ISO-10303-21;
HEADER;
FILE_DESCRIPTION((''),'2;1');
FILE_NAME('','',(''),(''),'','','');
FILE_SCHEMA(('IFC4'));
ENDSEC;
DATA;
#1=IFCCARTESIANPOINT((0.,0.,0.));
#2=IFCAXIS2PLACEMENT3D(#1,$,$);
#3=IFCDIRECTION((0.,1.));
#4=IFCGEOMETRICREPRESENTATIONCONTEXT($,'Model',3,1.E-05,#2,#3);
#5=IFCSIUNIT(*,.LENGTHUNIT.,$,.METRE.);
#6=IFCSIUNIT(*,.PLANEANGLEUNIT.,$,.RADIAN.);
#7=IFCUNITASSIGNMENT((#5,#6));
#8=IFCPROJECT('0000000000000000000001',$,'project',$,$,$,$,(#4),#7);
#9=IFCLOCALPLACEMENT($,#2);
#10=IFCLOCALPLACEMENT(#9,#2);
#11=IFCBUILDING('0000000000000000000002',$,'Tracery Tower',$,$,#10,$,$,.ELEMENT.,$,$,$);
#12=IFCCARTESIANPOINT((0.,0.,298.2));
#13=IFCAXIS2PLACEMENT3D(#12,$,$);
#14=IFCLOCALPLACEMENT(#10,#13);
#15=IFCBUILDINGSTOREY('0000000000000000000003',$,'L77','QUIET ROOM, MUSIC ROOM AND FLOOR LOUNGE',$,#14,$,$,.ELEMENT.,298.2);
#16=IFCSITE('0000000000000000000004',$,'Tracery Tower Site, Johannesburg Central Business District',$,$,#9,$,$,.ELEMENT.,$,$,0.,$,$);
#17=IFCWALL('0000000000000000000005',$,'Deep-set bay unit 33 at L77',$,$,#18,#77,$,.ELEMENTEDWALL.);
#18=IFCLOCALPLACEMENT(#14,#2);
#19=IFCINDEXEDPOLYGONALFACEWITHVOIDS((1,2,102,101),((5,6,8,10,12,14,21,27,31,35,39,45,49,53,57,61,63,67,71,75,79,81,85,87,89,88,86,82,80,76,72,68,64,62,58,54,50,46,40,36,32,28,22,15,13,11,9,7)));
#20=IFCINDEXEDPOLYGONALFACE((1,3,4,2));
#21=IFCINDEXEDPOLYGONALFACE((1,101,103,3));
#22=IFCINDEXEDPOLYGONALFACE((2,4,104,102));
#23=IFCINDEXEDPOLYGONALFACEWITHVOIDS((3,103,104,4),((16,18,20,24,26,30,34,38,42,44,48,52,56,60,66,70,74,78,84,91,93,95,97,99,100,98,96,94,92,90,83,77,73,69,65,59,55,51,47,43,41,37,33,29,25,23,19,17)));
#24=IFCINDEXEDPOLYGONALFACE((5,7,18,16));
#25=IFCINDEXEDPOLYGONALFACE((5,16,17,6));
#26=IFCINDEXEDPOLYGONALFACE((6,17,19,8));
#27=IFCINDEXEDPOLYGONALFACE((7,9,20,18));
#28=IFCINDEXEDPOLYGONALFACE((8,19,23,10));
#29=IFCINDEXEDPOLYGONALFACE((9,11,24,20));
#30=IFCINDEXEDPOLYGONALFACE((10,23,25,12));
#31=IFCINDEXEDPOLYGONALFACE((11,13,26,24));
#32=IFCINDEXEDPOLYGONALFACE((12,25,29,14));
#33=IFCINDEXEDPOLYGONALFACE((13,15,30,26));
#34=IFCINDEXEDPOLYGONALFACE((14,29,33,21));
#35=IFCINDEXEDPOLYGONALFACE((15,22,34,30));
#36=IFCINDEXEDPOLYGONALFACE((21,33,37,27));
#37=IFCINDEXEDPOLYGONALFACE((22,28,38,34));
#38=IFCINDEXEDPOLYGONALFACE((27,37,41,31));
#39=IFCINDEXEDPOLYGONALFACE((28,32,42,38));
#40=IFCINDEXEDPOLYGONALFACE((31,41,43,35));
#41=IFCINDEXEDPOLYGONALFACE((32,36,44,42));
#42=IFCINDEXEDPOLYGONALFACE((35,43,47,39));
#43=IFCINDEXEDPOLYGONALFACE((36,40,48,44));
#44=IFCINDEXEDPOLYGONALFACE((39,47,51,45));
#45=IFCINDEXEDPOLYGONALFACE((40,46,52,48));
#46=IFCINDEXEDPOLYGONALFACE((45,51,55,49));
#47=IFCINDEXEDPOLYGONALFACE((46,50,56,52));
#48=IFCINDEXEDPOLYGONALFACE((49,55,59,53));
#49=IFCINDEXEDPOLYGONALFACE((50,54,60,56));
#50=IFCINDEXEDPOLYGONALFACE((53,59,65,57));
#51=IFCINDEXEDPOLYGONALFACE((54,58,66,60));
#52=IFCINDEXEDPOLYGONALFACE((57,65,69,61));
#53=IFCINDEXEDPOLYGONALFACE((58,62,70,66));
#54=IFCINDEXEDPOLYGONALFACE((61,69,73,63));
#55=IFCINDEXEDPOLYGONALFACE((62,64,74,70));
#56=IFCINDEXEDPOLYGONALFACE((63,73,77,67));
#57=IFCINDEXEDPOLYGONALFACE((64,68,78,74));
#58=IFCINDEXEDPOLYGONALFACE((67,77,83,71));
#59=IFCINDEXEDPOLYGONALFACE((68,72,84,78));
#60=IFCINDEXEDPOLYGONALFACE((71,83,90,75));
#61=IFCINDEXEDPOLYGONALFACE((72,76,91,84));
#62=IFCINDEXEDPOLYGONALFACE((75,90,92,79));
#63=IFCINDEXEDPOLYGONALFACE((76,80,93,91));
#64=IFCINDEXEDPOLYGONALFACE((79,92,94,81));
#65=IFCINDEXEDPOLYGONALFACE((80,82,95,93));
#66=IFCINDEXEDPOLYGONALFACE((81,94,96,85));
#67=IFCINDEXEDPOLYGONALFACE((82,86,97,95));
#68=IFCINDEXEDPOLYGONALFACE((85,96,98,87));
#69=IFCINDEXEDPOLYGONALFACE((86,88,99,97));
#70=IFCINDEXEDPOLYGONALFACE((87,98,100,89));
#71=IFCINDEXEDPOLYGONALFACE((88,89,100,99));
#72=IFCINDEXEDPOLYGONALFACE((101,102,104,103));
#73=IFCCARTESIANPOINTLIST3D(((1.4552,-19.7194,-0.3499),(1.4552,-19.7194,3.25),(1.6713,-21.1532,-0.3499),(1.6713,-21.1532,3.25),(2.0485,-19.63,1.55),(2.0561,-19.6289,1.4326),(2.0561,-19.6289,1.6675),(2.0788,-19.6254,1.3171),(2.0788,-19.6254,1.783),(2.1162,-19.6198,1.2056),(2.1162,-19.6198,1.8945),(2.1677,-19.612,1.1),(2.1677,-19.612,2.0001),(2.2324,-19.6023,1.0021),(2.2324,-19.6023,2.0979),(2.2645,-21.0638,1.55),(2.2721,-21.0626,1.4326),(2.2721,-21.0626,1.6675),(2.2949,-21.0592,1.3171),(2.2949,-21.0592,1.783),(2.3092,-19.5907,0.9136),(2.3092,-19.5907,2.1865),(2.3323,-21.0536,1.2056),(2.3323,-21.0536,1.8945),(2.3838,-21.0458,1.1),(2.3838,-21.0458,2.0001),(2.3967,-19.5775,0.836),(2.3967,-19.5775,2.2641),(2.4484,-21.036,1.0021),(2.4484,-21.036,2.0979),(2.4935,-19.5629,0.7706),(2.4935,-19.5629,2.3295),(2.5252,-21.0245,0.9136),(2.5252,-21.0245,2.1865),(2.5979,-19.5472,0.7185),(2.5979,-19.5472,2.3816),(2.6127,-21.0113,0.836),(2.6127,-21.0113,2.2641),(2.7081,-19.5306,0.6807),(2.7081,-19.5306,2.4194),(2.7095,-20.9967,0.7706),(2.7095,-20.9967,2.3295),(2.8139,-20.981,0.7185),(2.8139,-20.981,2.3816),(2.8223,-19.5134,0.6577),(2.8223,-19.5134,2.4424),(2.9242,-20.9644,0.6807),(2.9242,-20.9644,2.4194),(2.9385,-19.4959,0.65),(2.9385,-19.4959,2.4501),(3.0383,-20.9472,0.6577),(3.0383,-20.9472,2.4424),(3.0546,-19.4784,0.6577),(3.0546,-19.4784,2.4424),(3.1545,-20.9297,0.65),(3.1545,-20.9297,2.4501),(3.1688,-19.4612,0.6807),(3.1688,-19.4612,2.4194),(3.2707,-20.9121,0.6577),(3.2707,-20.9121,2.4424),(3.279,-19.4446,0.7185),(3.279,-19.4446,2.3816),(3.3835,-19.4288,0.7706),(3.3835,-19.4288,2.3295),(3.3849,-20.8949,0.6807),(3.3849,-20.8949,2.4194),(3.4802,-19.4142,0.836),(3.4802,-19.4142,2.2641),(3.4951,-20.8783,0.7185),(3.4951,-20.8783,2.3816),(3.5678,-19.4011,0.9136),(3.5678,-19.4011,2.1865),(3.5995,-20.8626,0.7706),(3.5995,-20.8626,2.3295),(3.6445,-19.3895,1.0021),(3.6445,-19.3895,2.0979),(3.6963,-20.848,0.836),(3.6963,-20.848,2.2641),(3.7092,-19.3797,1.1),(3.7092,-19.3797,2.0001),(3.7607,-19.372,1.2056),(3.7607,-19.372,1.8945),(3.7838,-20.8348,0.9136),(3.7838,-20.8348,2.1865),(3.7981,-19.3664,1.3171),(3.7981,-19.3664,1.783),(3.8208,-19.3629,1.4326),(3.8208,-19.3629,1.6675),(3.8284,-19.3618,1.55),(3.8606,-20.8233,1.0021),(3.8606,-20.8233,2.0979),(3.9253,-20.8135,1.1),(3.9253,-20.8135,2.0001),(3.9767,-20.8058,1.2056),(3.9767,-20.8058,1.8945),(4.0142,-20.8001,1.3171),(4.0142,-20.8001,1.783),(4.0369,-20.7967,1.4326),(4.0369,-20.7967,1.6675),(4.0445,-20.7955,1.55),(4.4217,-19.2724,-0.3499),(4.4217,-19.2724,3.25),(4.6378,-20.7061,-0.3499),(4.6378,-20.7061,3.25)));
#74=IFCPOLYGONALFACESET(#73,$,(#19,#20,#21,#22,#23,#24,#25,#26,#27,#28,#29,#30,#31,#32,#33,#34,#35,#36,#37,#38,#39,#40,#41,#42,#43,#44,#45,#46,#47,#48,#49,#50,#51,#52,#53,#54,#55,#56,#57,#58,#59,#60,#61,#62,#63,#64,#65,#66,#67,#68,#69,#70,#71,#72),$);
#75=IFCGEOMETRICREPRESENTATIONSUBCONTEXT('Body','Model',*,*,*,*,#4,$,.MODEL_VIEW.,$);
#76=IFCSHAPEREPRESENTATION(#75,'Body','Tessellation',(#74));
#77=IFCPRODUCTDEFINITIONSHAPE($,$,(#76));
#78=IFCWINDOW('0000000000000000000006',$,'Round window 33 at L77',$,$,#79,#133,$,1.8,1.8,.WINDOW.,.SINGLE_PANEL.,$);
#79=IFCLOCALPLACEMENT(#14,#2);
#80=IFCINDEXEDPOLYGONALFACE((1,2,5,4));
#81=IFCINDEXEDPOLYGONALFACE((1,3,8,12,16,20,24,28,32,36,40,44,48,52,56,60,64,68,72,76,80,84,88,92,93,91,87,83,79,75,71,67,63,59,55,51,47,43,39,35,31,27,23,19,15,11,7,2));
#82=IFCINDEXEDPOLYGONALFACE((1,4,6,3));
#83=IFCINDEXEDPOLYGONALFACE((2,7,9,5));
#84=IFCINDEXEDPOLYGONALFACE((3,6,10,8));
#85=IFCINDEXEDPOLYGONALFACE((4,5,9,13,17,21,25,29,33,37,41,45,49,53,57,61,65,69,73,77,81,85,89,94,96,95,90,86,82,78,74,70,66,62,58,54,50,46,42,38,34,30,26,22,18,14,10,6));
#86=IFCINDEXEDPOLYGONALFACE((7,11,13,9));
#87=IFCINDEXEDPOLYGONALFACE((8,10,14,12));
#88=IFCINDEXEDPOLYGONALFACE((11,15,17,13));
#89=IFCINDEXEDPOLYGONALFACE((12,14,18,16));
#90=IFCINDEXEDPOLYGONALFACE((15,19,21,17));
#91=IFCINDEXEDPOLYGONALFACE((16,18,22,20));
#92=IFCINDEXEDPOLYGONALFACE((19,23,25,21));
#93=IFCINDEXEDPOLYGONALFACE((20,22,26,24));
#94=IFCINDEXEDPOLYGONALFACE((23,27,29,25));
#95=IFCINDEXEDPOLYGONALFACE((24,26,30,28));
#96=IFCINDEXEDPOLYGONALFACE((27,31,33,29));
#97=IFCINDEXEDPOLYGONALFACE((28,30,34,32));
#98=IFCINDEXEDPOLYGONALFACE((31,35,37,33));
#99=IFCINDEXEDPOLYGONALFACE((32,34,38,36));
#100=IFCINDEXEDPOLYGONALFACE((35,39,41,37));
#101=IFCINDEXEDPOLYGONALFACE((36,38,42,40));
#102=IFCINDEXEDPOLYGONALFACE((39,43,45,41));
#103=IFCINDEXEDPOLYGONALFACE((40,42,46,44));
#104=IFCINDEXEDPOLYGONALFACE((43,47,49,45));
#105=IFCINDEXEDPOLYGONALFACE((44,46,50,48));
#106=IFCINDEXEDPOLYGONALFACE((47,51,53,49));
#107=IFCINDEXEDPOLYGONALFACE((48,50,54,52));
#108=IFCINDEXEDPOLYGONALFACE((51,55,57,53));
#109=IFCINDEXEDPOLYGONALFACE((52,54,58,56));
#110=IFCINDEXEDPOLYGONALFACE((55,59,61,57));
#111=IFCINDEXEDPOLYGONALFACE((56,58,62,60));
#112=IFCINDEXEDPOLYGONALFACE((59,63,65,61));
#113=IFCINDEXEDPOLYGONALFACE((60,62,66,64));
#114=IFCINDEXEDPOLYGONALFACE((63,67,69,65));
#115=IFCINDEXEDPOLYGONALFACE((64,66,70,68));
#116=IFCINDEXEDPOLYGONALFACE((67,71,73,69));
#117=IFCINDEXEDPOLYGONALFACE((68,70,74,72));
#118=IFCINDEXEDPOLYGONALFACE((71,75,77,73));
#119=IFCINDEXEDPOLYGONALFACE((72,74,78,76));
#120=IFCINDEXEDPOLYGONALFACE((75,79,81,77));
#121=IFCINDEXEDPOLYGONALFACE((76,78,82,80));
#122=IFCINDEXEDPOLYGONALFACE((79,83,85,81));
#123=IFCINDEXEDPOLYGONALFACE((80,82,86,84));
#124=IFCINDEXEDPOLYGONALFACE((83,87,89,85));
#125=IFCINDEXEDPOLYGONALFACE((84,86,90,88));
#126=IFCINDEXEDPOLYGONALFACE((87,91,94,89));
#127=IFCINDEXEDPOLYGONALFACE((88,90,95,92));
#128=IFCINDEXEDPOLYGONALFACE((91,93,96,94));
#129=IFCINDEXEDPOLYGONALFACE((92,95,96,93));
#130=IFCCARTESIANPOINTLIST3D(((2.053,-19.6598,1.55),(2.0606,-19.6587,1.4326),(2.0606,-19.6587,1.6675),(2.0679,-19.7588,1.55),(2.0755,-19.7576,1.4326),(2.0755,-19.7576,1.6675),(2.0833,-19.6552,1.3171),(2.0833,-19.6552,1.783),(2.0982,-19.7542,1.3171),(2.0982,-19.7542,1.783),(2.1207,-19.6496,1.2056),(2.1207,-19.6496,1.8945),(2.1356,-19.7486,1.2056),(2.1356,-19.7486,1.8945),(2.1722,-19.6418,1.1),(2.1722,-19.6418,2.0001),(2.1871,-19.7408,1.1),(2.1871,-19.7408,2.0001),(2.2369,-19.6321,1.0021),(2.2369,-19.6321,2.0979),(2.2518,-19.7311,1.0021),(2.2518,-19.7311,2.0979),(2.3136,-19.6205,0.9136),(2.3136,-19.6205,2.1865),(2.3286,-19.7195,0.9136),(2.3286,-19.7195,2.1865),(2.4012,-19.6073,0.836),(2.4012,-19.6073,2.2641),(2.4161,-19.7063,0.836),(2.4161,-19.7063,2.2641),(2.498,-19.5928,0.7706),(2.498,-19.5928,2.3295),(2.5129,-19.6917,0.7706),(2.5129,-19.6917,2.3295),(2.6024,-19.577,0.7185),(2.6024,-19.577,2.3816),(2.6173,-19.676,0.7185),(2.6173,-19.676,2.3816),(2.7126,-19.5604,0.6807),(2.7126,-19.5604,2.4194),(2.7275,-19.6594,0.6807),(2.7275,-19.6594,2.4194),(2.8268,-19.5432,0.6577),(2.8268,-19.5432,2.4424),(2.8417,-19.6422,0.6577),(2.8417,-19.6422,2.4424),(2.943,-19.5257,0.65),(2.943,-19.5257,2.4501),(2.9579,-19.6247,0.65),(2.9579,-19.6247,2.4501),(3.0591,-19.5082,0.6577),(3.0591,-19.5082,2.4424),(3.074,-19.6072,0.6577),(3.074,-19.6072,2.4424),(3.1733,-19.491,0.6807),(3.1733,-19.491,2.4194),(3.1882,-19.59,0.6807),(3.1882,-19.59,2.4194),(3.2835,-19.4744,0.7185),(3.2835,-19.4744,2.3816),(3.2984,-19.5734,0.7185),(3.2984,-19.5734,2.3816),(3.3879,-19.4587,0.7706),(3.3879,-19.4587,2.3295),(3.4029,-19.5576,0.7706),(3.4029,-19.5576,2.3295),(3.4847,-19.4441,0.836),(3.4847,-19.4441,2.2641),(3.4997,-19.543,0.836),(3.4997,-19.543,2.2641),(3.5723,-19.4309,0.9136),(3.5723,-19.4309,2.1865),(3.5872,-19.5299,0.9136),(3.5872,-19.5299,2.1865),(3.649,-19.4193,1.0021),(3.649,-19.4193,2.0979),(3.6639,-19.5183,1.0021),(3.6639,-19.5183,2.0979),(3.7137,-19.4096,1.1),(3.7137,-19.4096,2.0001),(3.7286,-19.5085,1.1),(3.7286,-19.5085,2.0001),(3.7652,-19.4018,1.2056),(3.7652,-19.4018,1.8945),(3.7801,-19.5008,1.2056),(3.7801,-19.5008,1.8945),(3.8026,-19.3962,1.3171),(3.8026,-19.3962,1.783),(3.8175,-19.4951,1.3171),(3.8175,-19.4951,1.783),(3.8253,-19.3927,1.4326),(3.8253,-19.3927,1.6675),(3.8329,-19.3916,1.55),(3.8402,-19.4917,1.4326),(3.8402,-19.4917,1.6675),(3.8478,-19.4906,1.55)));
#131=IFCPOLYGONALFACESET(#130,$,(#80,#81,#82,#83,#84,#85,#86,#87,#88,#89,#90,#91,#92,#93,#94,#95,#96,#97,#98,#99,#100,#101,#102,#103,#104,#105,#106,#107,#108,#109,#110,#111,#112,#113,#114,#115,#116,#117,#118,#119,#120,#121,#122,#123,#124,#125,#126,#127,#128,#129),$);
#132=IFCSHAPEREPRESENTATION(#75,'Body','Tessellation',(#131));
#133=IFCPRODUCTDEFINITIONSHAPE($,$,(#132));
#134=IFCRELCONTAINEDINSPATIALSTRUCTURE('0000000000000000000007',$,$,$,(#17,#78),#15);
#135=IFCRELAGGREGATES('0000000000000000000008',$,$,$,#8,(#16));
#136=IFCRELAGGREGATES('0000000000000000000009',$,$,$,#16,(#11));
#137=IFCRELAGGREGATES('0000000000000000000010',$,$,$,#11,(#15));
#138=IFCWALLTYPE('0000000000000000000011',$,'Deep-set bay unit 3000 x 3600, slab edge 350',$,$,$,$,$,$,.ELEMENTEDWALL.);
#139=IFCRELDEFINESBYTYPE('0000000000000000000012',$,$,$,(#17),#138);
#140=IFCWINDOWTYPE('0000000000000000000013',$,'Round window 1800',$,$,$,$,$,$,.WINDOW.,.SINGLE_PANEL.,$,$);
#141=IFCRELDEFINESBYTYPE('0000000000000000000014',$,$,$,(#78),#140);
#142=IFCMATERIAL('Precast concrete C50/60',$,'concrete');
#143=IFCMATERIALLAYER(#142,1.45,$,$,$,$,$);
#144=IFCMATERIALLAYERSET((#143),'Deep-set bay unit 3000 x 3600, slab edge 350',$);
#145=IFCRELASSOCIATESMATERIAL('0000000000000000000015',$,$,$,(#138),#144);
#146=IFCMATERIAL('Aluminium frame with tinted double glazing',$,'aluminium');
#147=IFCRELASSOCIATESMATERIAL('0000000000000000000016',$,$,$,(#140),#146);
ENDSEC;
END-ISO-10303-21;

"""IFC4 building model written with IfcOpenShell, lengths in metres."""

from ifc_helpers import new_model, si_unit, direction, frame, frame_2d, origin, origin_2d, place, context, subcontext, project, spatial, rectangle, circle, extrude, material, layer, layer_set, type_object, element, fill, save


model = new_model("IFC4")

# Units and contexts
model_context = context("Model", 3, precision=1e-05, world=origin(), true_north=direction((0.0, 1.0)))
body_context = subcontext(model_context, "Body", "Model", "MODEL_VIEW")
ifc_project = project(units=[si_unit("LENGTHUNIT", "METRE"), si_unit("PLANEANGLEUNIT", "RADIAN")], contexts=[model_context])

# Site, building, storey
site_placement = place(None, origin())
site = spatial("IfcSite", under=ifc_project, at=site_placement, Name="Tracery Tower Site, Johannesburg Central Business District", CompositionType="ELEMENT", RefElevation=0.0)
building_placement = place(site_placement, origin())
building = spatial("IfcBuilding", under=site, at=building_placement, Name="Tracery Tower", CompositionType="ELEMENT")
storey_placement = place(building_placement, frame((0.0, 0.0, 298.2)))
storey = spatial("IfcBuildingStorey", under=building, at=storey_placement, Name="L77", Description="QUIET ROOM, MUSIC ROOM AND FLOOR LOUNGE", CompositionType="ELEMENT", Elevation=298.2)

# Wall, opening, window
ifc_material_1 = material(Name="Precast concrete C50/60", Category="concrete")
ifc_layer_1 = layer(ifc_material_1, 1.45)
ifc_layer_set_1 = layer_set([ifc_layer_1], Name="Deep-set bay unit 3000 x 3600, slab edge 350")
wall_type_1 = type_object("IfcWallType", Name="Deep-set bay unit 3000 x 3600, slab edge 350", PredefinedType="ELEMENTEDWALL", material=ifc_layer_set_1)
wall_1_placement = place(storey_placement, frame((1.5632, -20.4363, -0.3499), z_axis=(0.0, 0.0, 1.0), x_axis=(0.988836, 0.149005, 0.0)))
wall_1 = element("IfcWall", 1, at=wall_1_placement, inside=storey, type_object=wall_type_1, Name="Deep-set bay unit 33 at L77", PredefinedType="ELEMENTEDWALL", context=body_context, shape_type="SweptSolid", body=[
    extrude(rectangle(XDim=3.0, YDim=1.45, at=frame_2d((1.5, 0.0))), origin(), (0.0, 0.0, 1.0), 3.5999),
])
opening_1_placement = place(wall_1_placement, frame((1.5, 0.0, 1.8999)))
opening_1 = element("IfcOpeningElement", 2, at=opening_1_placement, cuts=wall_1, PredefinedType="OPENING", context=body_context, shape_type="SweptSolid", body=[
    extrude(circle(Radius=0.9, at=origin_2d()), frame((0.0, 0.7349, 0.0), z_axis=(0.0, -1.0, 0.0), x_axis=(1.0, 0.0, 0.0)), (0.0, 0.0, 1.0), 1.47),
])
ifc_material_2 = material(Name="Aluminium frame with tinted double glazing", Category="aluminium")
window_type = type_object("IfcWindowType", Name="Round window 1800", PartitioningType="SINGLE_PANEL", PredefinedType="WINDOW", material=ifc_material_2)
window_1_placement = place(opening_1_placement, origin())
window_1 = element("IfcWindow", 3, at=window_1_placement, inside=storey, type_object=window_type, Name="Round window 33 at L77", OverallHeight=1.8, OverallWidth=1.8, PartitioningType="SINGLE_PANEL", PredefinedType="WINDOW", context=body_context, shape_type="SweptSolid", body=[
    extrude(circle(Radius=0.9, at=origin_2d()), frame((0.0, 0.6948, 0.0), z_axis=(0.0, -1.0, 0.0), x_axis=(1.0, 0.0, 0.0)), (0.0, 0.0, 1.0), 0.1001),
])
fill(opening_1, window_1)

save(model, "model.ifc")
